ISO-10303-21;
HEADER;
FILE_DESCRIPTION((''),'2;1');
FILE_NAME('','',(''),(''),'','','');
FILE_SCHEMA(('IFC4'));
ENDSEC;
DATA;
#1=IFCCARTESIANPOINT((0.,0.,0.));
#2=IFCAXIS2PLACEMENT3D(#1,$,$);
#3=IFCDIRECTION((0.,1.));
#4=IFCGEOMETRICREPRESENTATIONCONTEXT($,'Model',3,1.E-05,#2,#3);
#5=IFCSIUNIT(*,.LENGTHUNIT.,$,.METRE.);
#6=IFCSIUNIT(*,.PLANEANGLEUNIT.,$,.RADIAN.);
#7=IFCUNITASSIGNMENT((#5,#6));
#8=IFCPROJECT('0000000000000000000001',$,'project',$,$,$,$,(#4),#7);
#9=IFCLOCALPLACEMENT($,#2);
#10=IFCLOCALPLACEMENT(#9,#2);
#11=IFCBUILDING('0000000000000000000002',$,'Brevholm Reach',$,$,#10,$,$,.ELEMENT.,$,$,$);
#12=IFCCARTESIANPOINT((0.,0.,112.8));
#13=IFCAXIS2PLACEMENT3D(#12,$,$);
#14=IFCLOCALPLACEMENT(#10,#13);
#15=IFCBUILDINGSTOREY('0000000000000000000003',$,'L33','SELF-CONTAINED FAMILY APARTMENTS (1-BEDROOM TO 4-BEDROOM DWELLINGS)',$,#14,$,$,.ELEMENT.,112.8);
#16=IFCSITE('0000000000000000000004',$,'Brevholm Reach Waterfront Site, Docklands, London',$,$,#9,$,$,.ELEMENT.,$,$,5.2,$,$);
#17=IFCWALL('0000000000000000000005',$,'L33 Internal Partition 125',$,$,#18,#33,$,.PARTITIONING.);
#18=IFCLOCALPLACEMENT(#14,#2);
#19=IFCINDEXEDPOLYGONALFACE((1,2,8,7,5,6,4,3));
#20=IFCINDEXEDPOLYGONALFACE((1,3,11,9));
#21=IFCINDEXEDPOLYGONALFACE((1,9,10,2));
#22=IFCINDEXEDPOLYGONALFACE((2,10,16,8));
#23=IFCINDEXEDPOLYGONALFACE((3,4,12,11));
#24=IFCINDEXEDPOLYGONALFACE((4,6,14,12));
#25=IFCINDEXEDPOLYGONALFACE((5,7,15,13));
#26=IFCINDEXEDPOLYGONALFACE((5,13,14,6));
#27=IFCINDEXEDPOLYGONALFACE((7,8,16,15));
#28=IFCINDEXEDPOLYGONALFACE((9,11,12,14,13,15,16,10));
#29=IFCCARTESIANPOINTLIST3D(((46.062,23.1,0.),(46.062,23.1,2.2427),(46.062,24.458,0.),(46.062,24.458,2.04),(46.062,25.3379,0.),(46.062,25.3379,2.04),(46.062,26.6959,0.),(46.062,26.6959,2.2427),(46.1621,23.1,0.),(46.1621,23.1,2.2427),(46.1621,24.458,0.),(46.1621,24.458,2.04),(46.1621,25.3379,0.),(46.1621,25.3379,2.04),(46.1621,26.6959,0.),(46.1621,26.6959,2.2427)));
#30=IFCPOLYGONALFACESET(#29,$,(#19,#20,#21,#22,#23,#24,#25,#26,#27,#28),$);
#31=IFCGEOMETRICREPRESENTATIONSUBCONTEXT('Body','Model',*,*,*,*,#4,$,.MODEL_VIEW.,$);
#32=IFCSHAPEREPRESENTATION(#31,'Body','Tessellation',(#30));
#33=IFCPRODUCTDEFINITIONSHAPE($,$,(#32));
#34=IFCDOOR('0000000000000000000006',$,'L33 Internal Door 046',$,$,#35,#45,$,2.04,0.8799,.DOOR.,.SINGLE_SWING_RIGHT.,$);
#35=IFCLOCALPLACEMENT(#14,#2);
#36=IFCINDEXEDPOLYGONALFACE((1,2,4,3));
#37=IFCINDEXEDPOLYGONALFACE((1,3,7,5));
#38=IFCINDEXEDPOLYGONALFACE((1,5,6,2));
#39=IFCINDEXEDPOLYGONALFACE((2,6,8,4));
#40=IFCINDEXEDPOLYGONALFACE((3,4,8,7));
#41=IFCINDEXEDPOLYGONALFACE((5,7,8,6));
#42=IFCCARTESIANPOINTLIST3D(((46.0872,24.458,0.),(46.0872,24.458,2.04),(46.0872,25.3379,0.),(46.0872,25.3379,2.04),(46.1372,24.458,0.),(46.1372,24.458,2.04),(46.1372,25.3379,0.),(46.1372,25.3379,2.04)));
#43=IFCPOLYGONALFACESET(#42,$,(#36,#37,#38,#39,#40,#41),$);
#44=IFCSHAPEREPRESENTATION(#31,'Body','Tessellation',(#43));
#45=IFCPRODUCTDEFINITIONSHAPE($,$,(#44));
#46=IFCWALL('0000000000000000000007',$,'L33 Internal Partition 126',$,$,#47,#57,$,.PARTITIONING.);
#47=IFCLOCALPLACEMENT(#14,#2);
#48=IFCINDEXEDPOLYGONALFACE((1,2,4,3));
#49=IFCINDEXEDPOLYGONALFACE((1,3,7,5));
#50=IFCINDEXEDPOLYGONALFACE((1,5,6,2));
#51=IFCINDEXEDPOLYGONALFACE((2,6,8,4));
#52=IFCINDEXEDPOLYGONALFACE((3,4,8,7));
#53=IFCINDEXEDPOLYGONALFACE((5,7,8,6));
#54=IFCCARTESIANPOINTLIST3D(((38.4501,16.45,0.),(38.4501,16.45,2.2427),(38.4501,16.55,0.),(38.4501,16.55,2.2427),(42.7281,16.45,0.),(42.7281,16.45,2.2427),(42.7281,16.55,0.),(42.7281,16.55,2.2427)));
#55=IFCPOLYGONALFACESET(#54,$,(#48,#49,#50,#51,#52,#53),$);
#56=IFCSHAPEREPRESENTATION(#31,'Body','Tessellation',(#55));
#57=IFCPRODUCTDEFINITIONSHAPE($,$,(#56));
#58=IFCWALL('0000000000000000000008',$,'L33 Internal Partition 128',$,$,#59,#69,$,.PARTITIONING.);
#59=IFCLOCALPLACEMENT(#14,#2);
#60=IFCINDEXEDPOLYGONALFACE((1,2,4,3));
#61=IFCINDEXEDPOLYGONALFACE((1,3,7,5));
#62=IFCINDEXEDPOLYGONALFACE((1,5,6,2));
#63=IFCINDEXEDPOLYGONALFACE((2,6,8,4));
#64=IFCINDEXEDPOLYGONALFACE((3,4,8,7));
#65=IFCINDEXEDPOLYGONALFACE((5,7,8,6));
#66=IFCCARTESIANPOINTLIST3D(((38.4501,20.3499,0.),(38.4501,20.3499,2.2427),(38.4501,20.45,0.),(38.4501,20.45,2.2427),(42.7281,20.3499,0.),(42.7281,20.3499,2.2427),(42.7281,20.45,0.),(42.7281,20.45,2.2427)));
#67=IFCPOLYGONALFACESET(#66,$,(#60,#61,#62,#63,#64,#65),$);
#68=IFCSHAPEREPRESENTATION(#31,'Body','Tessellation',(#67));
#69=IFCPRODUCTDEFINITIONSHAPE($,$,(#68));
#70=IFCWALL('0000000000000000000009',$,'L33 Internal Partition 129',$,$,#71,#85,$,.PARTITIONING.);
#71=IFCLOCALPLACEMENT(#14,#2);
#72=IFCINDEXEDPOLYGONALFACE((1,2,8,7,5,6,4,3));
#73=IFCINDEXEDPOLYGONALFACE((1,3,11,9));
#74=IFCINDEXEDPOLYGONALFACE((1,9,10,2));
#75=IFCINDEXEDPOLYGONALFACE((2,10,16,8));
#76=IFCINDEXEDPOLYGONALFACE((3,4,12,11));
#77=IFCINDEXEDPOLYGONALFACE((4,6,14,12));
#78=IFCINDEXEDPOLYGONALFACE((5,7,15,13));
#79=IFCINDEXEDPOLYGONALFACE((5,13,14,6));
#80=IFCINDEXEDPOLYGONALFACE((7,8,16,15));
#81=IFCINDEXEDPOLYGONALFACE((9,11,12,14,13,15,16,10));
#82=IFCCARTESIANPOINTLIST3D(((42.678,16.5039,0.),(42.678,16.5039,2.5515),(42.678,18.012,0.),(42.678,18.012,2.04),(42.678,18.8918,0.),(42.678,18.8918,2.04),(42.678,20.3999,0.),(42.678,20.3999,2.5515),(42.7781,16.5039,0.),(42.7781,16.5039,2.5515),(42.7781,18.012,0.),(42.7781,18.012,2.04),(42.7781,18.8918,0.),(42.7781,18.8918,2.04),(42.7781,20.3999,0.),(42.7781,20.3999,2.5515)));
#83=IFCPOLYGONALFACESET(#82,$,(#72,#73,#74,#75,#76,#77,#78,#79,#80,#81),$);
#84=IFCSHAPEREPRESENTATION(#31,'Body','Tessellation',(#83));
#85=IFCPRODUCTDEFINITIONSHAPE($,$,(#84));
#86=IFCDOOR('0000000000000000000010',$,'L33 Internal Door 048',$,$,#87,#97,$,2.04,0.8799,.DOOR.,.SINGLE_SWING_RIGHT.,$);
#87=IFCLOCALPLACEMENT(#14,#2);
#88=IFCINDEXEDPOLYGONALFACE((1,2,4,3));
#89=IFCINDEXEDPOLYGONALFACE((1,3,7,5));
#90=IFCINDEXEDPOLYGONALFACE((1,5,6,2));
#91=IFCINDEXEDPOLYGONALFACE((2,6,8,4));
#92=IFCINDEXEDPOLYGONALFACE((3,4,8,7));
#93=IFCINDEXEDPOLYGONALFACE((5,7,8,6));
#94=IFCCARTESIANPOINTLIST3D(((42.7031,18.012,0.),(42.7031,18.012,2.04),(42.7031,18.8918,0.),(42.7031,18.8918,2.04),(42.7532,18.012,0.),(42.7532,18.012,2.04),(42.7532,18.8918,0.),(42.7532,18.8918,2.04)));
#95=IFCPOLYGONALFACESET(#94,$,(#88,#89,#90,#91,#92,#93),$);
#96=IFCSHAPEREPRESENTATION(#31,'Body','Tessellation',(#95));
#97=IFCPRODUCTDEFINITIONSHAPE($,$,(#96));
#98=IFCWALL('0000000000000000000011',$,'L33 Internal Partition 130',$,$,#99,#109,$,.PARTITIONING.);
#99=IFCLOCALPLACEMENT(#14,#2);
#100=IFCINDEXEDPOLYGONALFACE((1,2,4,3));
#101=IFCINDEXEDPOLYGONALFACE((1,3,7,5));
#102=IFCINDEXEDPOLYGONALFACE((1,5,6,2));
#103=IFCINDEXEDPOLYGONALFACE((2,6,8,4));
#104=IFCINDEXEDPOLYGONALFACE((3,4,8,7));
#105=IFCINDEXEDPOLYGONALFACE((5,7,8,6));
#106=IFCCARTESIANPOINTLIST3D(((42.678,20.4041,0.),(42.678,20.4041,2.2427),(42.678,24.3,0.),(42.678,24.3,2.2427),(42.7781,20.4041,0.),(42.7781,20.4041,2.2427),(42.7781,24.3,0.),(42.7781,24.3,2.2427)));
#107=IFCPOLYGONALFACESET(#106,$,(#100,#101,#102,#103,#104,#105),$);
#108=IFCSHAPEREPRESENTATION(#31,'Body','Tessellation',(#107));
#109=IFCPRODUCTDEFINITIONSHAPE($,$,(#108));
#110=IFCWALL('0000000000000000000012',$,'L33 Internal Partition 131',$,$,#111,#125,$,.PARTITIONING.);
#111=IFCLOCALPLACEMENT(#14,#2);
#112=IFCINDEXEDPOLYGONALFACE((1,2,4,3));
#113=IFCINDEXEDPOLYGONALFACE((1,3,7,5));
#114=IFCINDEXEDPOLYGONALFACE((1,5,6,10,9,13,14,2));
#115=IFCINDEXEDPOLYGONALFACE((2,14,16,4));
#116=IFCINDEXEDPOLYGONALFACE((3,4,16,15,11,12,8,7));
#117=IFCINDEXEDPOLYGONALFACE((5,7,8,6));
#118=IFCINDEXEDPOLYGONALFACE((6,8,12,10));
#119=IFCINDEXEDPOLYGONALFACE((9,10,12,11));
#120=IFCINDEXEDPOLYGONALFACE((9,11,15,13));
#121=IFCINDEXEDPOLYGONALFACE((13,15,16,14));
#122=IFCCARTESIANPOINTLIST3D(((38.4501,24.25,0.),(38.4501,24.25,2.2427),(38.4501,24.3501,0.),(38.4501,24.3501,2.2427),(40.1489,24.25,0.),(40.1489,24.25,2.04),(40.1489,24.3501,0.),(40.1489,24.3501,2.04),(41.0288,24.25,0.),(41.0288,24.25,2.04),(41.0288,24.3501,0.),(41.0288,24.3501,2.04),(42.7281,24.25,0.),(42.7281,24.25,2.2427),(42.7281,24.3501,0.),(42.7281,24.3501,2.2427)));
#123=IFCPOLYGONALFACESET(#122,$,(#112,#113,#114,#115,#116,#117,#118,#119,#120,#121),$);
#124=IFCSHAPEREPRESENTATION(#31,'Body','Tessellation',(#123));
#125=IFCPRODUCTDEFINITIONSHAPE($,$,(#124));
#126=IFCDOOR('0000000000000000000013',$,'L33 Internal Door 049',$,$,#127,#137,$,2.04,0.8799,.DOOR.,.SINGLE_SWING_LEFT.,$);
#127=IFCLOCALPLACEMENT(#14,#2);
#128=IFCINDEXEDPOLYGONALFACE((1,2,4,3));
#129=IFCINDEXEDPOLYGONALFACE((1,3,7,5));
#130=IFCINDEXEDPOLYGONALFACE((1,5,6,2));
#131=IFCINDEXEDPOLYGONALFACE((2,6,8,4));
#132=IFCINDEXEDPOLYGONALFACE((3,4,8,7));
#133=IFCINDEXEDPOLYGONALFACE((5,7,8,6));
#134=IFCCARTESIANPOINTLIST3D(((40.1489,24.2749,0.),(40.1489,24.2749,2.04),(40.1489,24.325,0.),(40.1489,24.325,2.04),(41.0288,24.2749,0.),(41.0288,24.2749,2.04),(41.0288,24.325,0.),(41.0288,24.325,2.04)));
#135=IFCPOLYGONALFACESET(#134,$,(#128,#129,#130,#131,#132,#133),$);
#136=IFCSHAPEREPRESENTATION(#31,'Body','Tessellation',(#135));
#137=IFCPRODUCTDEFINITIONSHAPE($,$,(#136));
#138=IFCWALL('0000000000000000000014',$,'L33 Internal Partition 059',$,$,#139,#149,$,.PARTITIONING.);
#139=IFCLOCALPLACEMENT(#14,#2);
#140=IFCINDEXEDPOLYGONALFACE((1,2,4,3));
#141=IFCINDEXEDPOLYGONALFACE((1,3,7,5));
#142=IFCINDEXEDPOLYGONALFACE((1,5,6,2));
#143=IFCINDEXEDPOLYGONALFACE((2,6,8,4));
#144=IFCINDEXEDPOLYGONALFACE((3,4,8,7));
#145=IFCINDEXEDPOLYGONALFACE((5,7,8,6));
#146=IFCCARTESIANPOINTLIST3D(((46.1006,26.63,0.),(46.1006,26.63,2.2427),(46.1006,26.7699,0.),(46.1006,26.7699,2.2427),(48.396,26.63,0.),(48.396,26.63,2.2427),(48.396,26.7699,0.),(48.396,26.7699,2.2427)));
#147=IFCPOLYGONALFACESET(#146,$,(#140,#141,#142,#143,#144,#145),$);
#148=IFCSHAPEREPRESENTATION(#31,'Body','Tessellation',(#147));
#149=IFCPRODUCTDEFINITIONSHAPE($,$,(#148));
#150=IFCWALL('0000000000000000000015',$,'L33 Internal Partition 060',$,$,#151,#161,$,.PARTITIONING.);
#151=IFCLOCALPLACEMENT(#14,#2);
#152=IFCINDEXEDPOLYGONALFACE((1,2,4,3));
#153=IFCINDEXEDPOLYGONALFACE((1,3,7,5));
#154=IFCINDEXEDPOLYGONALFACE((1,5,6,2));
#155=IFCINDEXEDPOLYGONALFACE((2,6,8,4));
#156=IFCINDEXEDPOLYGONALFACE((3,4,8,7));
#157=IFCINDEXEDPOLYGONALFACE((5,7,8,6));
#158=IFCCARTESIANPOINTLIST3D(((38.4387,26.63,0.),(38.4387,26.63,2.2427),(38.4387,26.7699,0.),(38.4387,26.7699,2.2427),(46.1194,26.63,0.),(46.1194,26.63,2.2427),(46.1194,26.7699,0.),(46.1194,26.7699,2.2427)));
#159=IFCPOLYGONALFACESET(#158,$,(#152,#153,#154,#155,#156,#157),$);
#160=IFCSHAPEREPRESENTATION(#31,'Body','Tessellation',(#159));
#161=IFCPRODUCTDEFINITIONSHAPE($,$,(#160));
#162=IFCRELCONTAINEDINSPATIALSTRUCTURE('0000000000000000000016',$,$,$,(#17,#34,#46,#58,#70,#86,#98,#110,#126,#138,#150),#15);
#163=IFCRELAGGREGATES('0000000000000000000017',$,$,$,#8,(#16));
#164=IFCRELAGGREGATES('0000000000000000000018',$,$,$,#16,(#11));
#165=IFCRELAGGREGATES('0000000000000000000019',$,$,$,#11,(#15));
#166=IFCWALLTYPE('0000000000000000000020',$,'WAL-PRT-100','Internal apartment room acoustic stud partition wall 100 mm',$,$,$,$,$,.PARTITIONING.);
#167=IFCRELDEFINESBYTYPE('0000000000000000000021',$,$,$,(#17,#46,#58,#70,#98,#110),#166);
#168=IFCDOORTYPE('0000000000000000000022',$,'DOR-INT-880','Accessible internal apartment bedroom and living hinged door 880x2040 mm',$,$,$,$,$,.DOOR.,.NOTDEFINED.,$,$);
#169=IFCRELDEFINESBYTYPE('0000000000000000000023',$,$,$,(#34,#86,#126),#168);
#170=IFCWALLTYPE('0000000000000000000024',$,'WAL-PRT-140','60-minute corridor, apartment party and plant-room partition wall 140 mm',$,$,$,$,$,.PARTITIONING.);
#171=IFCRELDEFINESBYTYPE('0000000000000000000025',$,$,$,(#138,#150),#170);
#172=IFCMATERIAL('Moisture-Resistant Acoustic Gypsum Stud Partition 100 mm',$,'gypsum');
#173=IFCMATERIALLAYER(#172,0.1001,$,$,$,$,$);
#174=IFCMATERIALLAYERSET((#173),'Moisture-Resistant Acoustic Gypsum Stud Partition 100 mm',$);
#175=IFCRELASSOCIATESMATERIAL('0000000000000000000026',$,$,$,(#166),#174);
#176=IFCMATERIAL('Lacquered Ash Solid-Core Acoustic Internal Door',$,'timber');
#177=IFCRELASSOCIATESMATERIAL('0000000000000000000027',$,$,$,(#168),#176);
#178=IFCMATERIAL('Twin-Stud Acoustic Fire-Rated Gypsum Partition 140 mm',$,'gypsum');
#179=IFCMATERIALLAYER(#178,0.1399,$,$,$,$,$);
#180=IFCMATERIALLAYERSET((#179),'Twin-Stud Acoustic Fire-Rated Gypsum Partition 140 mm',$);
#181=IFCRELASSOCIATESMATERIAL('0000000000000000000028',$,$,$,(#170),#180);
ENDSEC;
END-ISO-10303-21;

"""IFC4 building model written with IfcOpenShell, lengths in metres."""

from ifc_helpers import new_model, si_unit, direction, frame, frame_2d, origin, place, context, subcontext, project, spatial, rectangle, extrude, material, layer, layer_set, type_object, element, fill, save


model = new_model("IFC4")

# Units and contexts
model_context = context("Model", 3, precision=1e-05, world=origin(), true_north=direction((0.0, 1.0)))
body_context = subcontext(model_context, "Body", "Model", "MODEL_VIEW")
ifc_project = project(units=[si_unit("LENGTHUNIT", "METRE"), si_unit("PLANEANGLEUNIT", "RADIAN")], contexts=[model_context])

# Site, building, storey
site_placement = place(None, origin())
site = spatial("IfcSite", under=ifc_project, at=site_placement, Name="Brevholm Reach Waterfront Site, Docklands, London", CompositionType="ELEMENT", RefElevation=5.2)
building_placement = place(site_placement, origin())
building = spatial("IfcBuilding", under=site, at=building_placement, Name="Brevholm Reach", CompositionType="ELEMENT")
storey_placement = place(building_placement, frame((0.0, 0.0, 112.8)))
storey = spatial("IfcBuildingStorey", under=building, at=storey_placement, Name="L33", Description="SELF-CONTAINED FAMILY APARTMENTS (1-BEDROOM TO 4-BEDROOM DWELLINGS)", CompositionType="ELEMENT", Elevation=112.8)

# Shared definitions
ifc_material_1 = material(Name="Moisture-Resistant Acoustic Gypsum Stud Partition 100 mm", Category="gypsum")
ifc_layer_1 = layer(ifc_material_1, 0.1001)
ifc_layer_set_1 = layer_set([ifc_layer_1], Name="Moisture-Resistant Acoustic Gypsum Stud Partition 100 mm")
wall_type_1 = type_object("IfcWallType", Name="WAL-PRT-100", Description="Internal apartment room acoustic stud partition wall 100 mm", PredefinedType="PARTITIONING", material=ifc_layer_set_1)

# Wall, opening, door
wall_1_placement = place(storey_placement, frame((46.1121, 23.1001, 0.0), z_axis=(0.0, 0.0, 1.0), x_axis=(0.0, 1.0, 0.0)))
wall_1 = element("IfcWall", 1, at=wall_1_placement, inside=storey, type_object=wall_type_1, Name="L33 Internal Partition 125", PredefinedType="PARTITIONING", context=body_context, shape_type="SweptSolid", body=[
    extrude(rectangle(XDim=3.5959, YDim=0.1001, at=frame_2d((1.7979, 0.0))), origin(), (0.0, 0.0, 1.0), 2.2427),
])
opening_1_placement = place(wall_1_placement, frame((1.3579, 0.0, 0.0)))
opening_1 = element("IfcOpeningElement", 2, at=opening_1_placement, cuts=wall_1, PredefinedType="OPENING", context=body_context, shape_type="SweptSolid", body=[
    extrude(rectangle(XDim=0.8799, YDim=2.04, at=frame_2d((0.4399, 1.02))), frame((0.0, 0.0601, 0.0), z_axis=(0.0, -1.0, 0.0), x_axis=(1.0, 0.0, 0.0)), (0.0, 0.0, 1.0), 0.1201),
])
ifc_material_2 = material(Name="Lacquered Ash Solid-Core Acoustic Internal Door", Category="timber")
door_type = type_object("IfcDoorType", Name="DOR-INT-880", Description="Accessible internal apartment bedroom and living hinged door 880x2040 mm", OperationType="NOTDEFINED", PredefinedType="DOOR", material=ifc_material_2)
door_1_placement = place(opening_1_placement, origin())
door_1 = element("IfcDoor", 3, at=door_1_placement, inside=storey, type_object=door_type, Name="L33 Internal Door 046", OperationType="SINGLE_SWING_RIGHT", OverallHeight=2.04, OverallWidth=0.8799, PredefinedType="DOOR", context=body_context, shape_type="SweptSolid", body=[
    extrude(rectangle(XDim=0.8799, YDim=2.04, at=frame_2d((0.4399, 1.02))), frame((0.0, 0.0249, 0.0), z_axis=(0.0, -1.0, 0.0), x_axis=(1.0, 0.0, 0.0)), (0.0, 0.0, 1.0), 0.05),
])
fill(opening_1, door_1)

# Walls
for number, where, z_axis, x_axis, name in (
    (4, (38.45, 16.5, 0.0), (0.0, 0.0, 1.0), (1.0, 0.0, 0.0), "L33 Internal Partition 126"),
    (5, (38.45, 20.3999, 0.0), (0.0, 0.0, 1.0), (1.0, 0.0, 0.0), "L33 Internal Partition 128"),
):
    element("IfcWall", number, at=place(storey_placement, frame(where, z_axis=z_axis, x_axis=x_axis)), inside=storey, type_object=wall_type_1, Name=name, PredefinedType="PARTITIONING", context=body_context, shape_type="SweptSolid", body=[
        extrude(rectangle(XDim=4.2781, YDim=0.1001, at=frame_2d((2.1392, 0.0))), origin(), (0.0, 0.0, 1.0), 2.2427),
    ])

# Wall, opening, door
wall_2_placement = place(storey_placement, frame((42.728, 16.5039, 0.0), z_axis=(0.0, 0.0, 1.0), x_axis=(0.0, 1.0, 0.0)))
wall_2 = element("IfcWall", 6, at=wall_2_placement, inside=storey, type_object=wall_type_1, Name="L33 Internal Partition 129", PredefinedType="PARTITIONING", context=body_context, shape_type="SweptSolid", body=[
    extrude(rectangle(XDim=3.896, YDim=0.1001, at=frame_2d((1.948, 0.0))), origin(), (0.0, 0.0, 1.0), 2.5515),
])
opening_2_placement = place(wall_2_placement, frame((1.5081, 0.0, 0.0)))
opening_2 = element("IfcOpeningElement", 7, at=opening_2_placement, cuts=wall_2, PredefinedType="OPENING", context=body_context, shape_type="SweptSolid", body=[
    extrude(rectangle(XDim=0.8799, YDim=2.04, at=frame_2d((0.4399, 1.02))), frame((0.0, 0.0601, 0.0), z_axis=(0.0, -1.0, 0.0), x_axis=(1.0, 0.0, 0.0)), (0.0, 0.0, 1.0), 0.1201),
])
door_2_placement = place(opening_2_placement, origin())
door_2 = element("IfcDoor", 8, at=door_2_placement, inside=storey, type_object=door_type, Name="L33 Internal Door 048", OperationType="SINGLE_SWING_RIGHT", OverallHeight=2.04, OverallWidth=0.8799, PredefinedType="DOOR", context=body_context, shape_type="SweptSolid", body=[
    extrude(rectangle(XDim=0.8799, YDim=2.04, at=frame_2d((0.4399, 1.02))), frame((0.0, 0.0249, 0.0), z_axis=(0.0, -1.0, 0.0), x_axis=(1.0, 0.0, 0.0)), (0.0, 0.0, 1.0), 0.05),
])
fill(opening_2, door_2)

# Wall
wall_3_placement = place(storey_placement, frame((42.728, 20.4041, 0.0), z_axis=(0.0, 0.0, 1.0), x_axis=(0.0, 1.0, 0.0)))
element("IfcWall", 9, at=wall_3_placement, inside=storey, type_object=wall_type_1, Name="L33 Internal Partition 130", PredefinedType="PARTITIONING", context=body_context, shape_type="SweptSolid", body=[
    extrude(rectangle(XDim=3.896, YDim=0.1001, at=frame_2d((1.948, 0.0))), origin(), (0.0, 0.0, 1.0), 2.2427),
])

# Wall, opening, door
wall_4_placement = place(storey_placement, frame((38.45, 24.3, 0.0), z_axis=(0.0, 0.0, 1.0), x_axis=(1.0, 0.0, 0.0)))
wall_4 = element("IfcWall", 10, at=wall_4_placement, inside=storey, type_object=wall_type_1, Name="L33 Internal Partition 131", PredefinedType="PARTITIONING", context=body_context, shape_type="SweptSolid", body=[
    extrude(rectangle(XDim=4.2781, YDim=0.1001, at=frame_2d((2.1392, 0.0))), origin(), (0.0, 0.0, 1.0), 2.2427),
])
opening_3_placement = place(wall_4_placement, frame((1.699, 0.0, 0.0)))
opening_3 = element("IfcOpeningElement", 11, at=opening_3_placement, cuts=wall_4, PredefinedType="OPENING", context=body_context, shape_type="SweptSolid", body=[
    extrude(rectangle(XDim=0.8799, YDim=2.04, at=frame_2d((0.4399, 1.02))), frame((0.0, 0.0601, 0.0), z_axis=(0.0, -1.0, 0.0), x_axis=(1.0, 0.0, 0.0)), (0.0, 0.0, 1.0), 0.1201),
])
door_3_placement = place(opening_3_placement, origin())
door_3 = element("IfcDoor", 12, at=door_3_placement, inside=storey, type_object=door_type, Name="L33 Internal Door 049", OperationType="SINGLE_SWING_LEFT", OverallHeight=2.04, OverallWidth=0.8799, PredefinedType="DOOR", context=body_context, shape_type="SweptSolid", body=[
    extrude(rectangle(XDim=0.8799, YDim=2.04, at=frame_2d((0.4399, 1.02))), frame((0.0, 0.0249, 0.0), z_axis=(0.0, -1.0, 0.0), x_axis=(1.0, 0.0, 0.0)), (0.0, 0.0, 1.0), 0.05),
])
fill(opening_3, door_3)

# Walls
ifc_material_3 = material(Name="Twin-Stud Acoustic Fire-Rated Gypsum Partition 140 mm", Category="gypsum")
ifc_layer_2 = layer(ifc_material_3, 0.1399)
ifc_layer_set_2 = layer_set([ifc_layer_2], Name="Twin-Stud Acoustic Fire-Rated Gypsum Partition 140 mm")
wall_type_2 = type_object("IfcWallType", Name="WAL-PRT-140", Description="60-minute corridor, apartment party and plant-room partition wall 140 mm", PredefinedType="PARTITIONING", material=ifc_layer_set_2)
wall_5_placement = place(storey_placement, frame((46.1006, 26.7, 0.0), z_axis=(0.0, 0.0, 1.0), x_axis=(1.0, 0.0, 0.0)))
element("IfcWall", 13, at=wall_5_placement, inside=storey, type_object=wall_type_2, Name="L33 Internal Partition 059", PredefinedType="PARTITIONING", context=body_context, shape_type="SweptSolid", body=[
    extrude(rectangle(XDim=2.2954, YDim=0.1399, at=frame_2d((1.1477, 0.0))), origin(), (0.0, 0.0, 1.0), 2.2427),
])
wall_6_placement = place(storey_placement, frame((38.4387, 26.7, 0.0), z_axis=(0.0, 0.0, 1.0), x_axis=(1.0, 0.0, 0.0)))
element("IfcWall", 14, at=wall_6_placement, inside=storey, type_object=wall_type_2, Name="L33 Internal Partition 060", PredefinedType="PARTITIONING", context=body_context, shape_type="SweptSolid", body=[
    extrude(rectangle(XDim=7.6807, YDim=0.1399, at=frame_2d((3.8403, 0.0))), origin(), (0.0, 0.0, 1.0), 2.2427),
])

save(model, "model.ifc")
